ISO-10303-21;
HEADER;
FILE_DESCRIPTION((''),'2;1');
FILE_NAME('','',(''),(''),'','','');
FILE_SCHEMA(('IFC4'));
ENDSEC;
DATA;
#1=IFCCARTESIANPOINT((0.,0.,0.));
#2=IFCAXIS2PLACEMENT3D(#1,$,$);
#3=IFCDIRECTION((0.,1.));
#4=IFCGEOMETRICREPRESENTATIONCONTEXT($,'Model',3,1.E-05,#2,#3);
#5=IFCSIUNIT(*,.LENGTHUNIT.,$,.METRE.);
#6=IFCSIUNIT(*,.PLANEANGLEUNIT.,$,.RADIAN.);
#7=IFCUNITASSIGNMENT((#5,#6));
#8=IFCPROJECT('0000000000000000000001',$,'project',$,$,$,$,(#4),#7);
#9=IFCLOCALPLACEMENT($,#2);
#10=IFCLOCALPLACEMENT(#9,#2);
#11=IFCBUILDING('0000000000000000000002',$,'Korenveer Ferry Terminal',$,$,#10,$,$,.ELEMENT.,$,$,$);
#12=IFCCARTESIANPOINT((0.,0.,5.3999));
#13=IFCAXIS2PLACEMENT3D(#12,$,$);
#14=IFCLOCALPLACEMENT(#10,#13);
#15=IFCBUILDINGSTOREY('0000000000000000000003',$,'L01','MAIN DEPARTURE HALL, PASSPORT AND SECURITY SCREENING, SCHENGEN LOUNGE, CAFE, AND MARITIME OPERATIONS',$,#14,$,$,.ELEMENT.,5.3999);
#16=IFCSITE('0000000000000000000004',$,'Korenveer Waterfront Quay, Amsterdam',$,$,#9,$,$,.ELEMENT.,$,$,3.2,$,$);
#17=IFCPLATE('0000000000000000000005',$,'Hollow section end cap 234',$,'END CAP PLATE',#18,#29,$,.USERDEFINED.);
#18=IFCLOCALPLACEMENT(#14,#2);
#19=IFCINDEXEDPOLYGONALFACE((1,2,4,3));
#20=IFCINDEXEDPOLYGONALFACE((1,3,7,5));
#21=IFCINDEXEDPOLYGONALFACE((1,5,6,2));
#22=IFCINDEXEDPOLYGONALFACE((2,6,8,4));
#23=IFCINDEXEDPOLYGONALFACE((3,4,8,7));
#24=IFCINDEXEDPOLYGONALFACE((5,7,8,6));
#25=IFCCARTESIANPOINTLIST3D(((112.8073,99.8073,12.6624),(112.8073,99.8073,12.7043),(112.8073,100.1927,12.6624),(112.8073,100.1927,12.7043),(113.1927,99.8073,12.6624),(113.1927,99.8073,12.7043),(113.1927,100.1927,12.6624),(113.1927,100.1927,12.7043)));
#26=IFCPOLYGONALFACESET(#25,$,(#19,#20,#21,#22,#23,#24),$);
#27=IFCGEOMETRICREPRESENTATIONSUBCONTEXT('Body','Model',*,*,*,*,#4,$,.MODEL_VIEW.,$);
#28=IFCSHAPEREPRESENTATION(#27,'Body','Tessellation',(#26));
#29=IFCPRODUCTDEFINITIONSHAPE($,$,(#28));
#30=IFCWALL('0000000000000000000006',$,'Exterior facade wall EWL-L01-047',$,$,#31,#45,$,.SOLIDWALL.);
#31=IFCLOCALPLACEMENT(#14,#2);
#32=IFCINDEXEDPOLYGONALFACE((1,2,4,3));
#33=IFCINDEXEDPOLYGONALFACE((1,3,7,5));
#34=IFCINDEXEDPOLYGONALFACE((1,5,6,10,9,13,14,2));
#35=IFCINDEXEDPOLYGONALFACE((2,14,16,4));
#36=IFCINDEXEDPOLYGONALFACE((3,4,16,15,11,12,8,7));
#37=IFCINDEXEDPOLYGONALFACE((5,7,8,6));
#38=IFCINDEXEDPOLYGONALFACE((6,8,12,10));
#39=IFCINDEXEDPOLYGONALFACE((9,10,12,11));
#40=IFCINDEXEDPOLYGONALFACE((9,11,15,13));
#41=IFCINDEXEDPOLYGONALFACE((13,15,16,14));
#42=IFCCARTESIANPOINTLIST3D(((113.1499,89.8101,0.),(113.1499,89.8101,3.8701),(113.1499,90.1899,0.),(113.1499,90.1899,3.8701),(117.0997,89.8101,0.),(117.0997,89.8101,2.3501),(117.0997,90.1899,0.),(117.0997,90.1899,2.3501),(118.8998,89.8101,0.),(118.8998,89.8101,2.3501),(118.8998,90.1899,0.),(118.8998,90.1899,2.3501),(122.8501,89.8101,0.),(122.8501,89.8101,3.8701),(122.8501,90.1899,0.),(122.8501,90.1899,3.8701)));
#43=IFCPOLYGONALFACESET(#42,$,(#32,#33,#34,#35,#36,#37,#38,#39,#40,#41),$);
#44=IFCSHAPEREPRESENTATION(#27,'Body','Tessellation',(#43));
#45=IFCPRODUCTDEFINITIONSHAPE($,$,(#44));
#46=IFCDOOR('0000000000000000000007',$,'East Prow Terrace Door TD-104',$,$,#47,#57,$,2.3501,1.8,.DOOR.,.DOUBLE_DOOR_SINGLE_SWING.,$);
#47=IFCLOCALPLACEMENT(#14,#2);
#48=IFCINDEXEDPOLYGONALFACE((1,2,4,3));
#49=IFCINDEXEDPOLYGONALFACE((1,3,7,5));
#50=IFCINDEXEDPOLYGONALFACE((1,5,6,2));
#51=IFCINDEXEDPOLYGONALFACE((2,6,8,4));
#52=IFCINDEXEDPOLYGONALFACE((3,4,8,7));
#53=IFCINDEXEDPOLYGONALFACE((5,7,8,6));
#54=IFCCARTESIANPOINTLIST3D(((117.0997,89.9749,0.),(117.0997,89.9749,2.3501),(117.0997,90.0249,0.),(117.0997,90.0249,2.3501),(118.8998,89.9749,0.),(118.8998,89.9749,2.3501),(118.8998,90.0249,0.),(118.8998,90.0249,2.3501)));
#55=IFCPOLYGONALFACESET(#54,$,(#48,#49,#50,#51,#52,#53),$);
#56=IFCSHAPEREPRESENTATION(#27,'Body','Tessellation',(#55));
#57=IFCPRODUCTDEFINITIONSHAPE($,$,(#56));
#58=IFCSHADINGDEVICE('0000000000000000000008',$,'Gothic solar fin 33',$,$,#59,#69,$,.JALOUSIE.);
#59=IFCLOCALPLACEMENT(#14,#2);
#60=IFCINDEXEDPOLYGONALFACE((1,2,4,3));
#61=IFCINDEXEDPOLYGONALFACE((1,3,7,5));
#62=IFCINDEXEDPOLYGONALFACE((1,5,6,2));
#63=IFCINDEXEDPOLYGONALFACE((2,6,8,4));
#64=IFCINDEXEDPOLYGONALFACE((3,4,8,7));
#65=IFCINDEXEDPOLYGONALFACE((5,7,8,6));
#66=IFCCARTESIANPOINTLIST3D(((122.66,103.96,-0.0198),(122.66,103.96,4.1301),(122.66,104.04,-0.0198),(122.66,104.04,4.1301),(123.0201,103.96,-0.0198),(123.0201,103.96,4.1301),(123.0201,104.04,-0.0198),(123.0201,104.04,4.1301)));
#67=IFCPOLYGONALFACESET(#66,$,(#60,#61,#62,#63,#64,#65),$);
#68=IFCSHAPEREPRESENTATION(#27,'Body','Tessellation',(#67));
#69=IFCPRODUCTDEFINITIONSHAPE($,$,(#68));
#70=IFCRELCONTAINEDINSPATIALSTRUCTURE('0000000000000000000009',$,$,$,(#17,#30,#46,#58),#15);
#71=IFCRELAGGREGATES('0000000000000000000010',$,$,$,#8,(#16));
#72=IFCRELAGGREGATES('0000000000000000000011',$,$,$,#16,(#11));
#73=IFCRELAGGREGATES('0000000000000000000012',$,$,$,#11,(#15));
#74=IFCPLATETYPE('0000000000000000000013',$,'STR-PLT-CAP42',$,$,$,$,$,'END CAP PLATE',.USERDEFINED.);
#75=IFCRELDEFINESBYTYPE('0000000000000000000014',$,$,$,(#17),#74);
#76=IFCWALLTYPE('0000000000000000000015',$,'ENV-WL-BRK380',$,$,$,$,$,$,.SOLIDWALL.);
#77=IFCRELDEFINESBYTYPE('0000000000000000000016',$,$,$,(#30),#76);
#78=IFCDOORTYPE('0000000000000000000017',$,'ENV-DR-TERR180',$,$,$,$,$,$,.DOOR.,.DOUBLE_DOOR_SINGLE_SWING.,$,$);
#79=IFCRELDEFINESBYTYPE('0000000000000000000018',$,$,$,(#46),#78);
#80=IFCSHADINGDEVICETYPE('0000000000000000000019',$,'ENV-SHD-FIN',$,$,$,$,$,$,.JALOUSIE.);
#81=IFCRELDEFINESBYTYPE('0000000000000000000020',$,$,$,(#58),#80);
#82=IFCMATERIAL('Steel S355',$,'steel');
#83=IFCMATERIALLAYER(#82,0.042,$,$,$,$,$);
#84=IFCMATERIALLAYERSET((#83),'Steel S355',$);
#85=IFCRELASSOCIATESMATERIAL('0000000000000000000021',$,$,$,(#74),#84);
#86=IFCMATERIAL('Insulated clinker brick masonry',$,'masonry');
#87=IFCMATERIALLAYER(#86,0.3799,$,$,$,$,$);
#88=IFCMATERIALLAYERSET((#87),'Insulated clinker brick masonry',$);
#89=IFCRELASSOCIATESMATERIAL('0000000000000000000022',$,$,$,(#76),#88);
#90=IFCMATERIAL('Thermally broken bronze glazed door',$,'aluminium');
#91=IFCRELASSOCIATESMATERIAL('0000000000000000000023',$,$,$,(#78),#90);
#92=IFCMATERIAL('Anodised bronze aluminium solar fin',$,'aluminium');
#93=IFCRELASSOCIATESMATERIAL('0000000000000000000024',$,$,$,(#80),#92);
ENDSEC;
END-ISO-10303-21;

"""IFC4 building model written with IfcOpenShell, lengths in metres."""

from ifc_helpers import new_model, si_unit, direction, frame, frame_2d, origin, origin_2d, place, context, subcontext, project, spatial, rectangle, extrude, material, layer, layer_set, type_object, element, fill, save


model = new_model("IFC4")

# Units and contexts
model_context = context("Model", 3, precision=1e-05, world=origin(), true_north=direction((0.0, 1.0)))
body_context = subcontext(model_context, "Body", "Model", "MODEL_VIEW")
ifc_project = project(units=[si_unit("LENGTHUNIT", "METRE"), si_unit("PLANEANGLEUNIT", "RADIAN")], contexts=[model_context])

# Site, building, storey
site_placement = place(None, origin())
site = spatial("IfcSite", under=ifc_project, at=site_placement, Name="Korenveer Waterfront Quay, Amsterdam", CompositionType="ELEMENT", RefElevation=3.2)
building_placement = place(site_placement, origin())
building = spatial("IfcBuilding", under=site, at=building_placement, Name="Korenveer Ferry Terminal", CompositionType="ELEMENT")
storey_placement = place(building_placement, frame((0.0, 0.0, 5.3999)))
storey = spatial("IfcBuildingStorey", under=building, at=storey_placement, Name="L01", Description="MAIN DEPARTURE HALL, PASSPORT AND SECURITY SCREENING, SCHENGEN LOUNGE, CAFE, AND MARITIME OPERATIONS", CompositionType="ELEMENT", Elevation=5.3999)

# Shared definitions
ifc_material_1 = material(Name="Steel S355", Category="steel")

# Plate
ifc_layer_1 = layer(ifc_material_1, 0.042)
ifc_layer_set_1 = layer_set([ifc_layer_1], Name="Steel S355")
plate_type_1 = type_object("IfcPlateType", Name="STR-PLT-CAP42", ElementType="END CAP PLATE", PredefinedType="USERDEFINED", material=ifc_layer_set_1)
plate_1_placement = place(storey_placement, frame((113.0, 100.0, 12.6624), z_axis=(0.0, 0.0, 1.0), x_axis=(1.0, 0.0, 0.0)))
element("IfcPlate", 1, at=plate_1_placement, inside=storey, type_object=plate_type_1, Name="Hollow section end cap 234", ObjectType="END CAP PLATE", PredefinedType="USERDEFINED", context=body_context, shape_type="SweptSolid", body=[
    extrude(rectangle(XDim=0.3855, YDim=0.3855, at=origin_2d()), origin(), (0.0, 0.0, 1.0), 0.042),
])

# Wall, opening, door
ifc_material_2 = material(Name="Insulated clinker brick masonry", Category="masonry")
ifc_layer_2 = layer(ifc_material_2, 0.3799)
ifc_layer_set_2 = layer_set([ifc_layer_2], Name="Insulated clinker brick masonry")
wall_type = type_object("IfcWallType", Name="ENV-WL-BRK380", PredefinedType="SOLIDWALL", material=ifc_layer_set_2)
wall_placement = place(storey_placement, frame((113.1499, 90.0, 0.0), z_axis=(0.0, 0.0, 1.0), x_axis=(1.0, 0.0, 0.0)))
wall = element("IfcWall", 2, at=wall_placement, inside=storey, type_object=wall_type, Name="Exterior facade wall EWL-L01-047", PredefinedType="SOLIDWALL", context=body_context, shape_type="SweptSolid", body=[
    extrude(rectangle(XDim=9.7002, YDim=0.3799, at=frame_2d((4.8501, 0.0))), origin(), (0.0, 0.0, 1.0), 3.8701),
])
opening_placement = place(wall_placement, frame((3.95, 0.0, 0.0)))
opening = element("IfcOpeningElement", 3, at=opening_placement, cuts=wall, PredefinedType="OPENING", context=body_context, shape_type="SweptSolid", body=[
    extrude(rectangle(XDim=1.8, YDim=2.3501, at=frame_2d((0.8999, 1.175))), frame((0.0, 0.2, 0.0), z_axis=(0.0, -1.0, 0.0), x_axis=(1.0, 0.0, 0.0)), (0.0, 0.0, 1.0), 0.3999),
])
ifc_material_3 = material(Name="Thermally broken bronze glazed door", Category="aluminium")
door_type = type_object("IfcDoorType", Name="ENV-DR-TERR180", OperationType="DOUBLE_DOOR_SINGLE_SWING", PredefinedType="DOOR", material=ifc_material_3)
door_placement = place(opening_placement, origin())
door = element("IfcDoor", 4, at=door_placement, inside=storey, type_object=door_type, Name="East Prow Terrace Door TD-104", OperationType="DOUBLE_DOOR_SINGLE_SWING", OverallHeight=2.3501, OverallWidth=1.8, PredefinedType="DOOR", context=body_context, shape_type="SweptSolid", body=[
    extrude(rectangle(XDim=1.8, YDim=2.3501, at=frame_2d((0.8999, 1.175))), frame((0.0, 0.0249, 0.0), z_axis=(0.0, -1.0, 0.0), x_axis=(1.0, 0.0, 0.0)), (0.0, 0.0, 1.0), 0.05),
])
fill(opening, door)

# Shading device
ifc_material_4 = material(Name="Anodised bronze aluminium solar fin", Category="aluminium")
shading_device_type = type_object("IfcShadingDeviceType", Name="ENV-SHD-FIN", PredefinedType="JALOUSIE", material=ifc_material_4)
shading_device_placement = place(storey_placement, frame((122.8401, 104.0, -0.0198), z_axis=(0.0, 0.0, 1.0), x_axis=(1.0, 0.0, 0.0)))
element("IfcShadingDevice", 5, at=shading_device_placement, inside=storey, type_object=shading_device_type, Name="Gothic solar fin 33", PredefinedType="JALOUSIE", context=body_context, shape_type="SweptSolid", body=[
    extrude(rectangle(XDim=0.3601, YDim=0.0801, at=origin_2d()), origin(), (0.0, 0.0, 1.0), 4.1499),
])

save(model, "model.ifc")
